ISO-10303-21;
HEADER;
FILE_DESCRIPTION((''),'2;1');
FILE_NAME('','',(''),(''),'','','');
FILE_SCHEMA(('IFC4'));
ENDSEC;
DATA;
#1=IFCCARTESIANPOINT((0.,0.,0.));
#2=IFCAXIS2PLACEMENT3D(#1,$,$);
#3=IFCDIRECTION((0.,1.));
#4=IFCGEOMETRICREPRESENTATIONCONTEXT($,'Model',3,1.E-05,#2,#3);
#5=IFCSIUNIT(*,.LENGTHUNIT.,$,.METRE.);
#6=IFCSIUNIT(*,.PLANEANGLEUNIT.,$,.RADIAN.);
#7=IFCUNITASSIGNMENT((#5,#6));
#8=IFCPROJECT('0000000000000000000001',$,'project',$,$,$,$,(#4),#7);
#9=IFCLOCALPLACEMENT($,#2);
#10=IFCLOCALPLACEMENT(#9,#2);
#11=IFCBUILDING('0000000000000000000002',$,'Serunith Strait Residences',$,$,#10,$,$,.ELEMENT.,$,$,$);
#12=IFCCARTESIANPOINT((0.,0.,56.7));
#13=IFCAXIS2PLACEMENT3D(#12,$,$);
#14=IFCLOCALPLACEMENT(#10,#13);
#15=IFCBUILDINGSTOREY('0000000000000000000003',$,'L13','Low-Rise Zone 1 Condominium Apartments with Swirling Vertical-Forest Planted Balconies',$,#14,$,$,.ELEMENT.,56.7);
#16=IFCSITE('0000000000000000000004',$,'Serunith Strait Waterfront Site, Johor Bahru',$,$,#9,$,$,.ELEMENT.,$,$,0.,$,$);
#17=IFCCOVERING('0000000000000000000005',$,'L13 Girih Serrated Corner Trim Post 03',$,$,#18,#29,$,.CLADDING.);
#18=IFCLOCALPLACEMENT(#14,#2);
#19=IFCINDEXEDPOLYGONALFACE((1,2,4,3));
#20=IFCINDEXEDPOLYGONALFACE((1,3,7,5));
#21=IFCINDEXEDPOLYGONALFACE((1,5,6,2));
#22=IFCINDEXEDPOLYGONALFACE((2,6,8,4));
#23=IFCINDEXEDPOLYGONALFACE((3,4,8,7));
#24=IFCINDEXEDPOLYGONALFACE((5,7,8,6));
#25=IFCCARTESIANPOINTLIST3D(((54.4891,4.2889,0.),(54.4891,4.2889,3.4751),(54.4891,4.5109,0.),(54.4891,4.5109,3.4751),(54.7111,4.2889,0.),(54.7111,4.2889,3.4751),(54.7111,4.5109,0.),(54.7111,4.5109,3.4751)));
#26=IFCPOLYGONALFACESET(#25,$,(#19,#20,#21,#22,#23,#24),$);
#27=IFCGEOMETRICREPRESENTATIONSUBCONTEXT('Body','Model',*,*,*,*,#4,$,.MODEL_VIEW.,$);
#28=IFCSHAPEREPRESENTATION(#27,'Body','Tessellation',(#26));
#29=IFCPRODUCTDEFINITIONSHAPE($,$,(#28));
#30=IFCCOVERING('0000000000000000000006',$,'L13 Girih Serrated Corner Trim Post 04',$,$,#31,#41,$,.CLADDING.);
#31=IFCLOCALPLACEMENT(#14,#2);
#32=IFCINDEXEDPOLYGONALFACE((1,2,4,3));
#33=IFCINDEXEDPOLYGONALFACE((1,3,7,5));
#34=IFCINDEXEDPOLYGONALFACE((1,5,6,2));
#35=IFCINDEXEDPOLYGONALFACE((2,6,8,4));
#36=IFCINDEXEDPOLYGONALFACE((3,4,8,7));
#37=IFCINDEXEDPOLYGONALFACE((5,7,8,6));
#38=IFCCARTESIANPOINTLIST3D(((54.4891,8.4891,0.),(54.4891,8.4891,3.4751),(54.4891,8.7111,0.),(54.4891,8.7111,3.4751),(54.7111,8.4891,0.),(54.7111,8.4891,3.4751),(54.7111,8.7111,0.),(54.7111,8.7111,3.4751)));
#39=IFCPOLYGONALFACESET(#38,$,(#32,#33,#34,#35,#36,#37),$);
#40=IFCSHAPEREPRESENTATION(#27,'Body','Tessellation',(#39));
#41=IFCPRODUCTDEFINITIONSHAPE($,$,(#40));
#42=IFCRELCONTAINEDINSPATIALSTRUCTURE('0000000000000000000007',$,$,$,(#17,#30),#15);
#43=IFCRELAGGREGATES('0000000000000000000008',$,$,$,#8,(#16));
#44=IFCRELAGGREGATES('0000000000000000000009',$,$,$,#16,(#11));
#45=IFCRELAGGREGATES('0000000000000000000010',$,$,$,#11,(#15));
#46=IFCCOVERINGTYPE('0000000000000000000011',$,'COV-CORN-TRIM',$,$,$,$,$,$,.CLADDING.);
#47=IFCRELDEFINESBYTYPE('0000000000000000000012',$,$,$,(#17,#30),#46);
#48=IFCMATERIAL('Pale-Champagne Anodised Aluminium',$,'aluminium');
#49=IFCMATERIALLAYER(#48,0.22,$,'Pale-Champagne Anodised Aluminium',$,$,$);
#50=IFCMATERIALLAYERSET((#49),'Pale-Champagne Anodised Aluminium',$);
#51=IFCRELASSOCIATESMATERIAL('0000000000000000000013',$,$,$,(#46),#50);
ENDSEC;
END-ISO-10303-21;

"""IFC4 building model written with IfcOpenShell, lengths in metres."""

from ifc_helpers import new_model, si_unit, direction, frame, origin, origin_2d, place, context, subcontext, project, spatial, rectangle, extrude, source, transform, mapped, material, layer, layer_set, type_object, element, save


model = new_model("IFC4")

# Units and contexts
model_context = context("Model", 3, precision=1e-05, world=origin(), true_north=direction((0.0, 1.0)))
body_context = subcontext(model_context, "Body", "Model", "MODEL_VIEW")
ifc_project = project(units=[si_unit("LENGTHUNIT", "METRE"), si_unit("PLANEANGLEUNIT", "RADIAN")], contexts=[model_context])

# Site, building, storey
site_placement = place(None, origin())
site = spatial("IfcSite", under=ifc_project, at=site_placement, Name="Serunith Strait Waterfront Site, Johor Bahru", CompositionType="ELEMENT", RefElevation=0.0)
building_placement = place(site_placement, origin())
building = spatial("IfcBuilding", under=site, at=building_placement, Name="Serunith Strait Residences", CompositionType="ELEMENT")
storey_placement = place(building_placement, frame((0.0, 0.0, 56.7)))
storey = spatial("IfcBuildingStorey", under=building, at=storey_placement, Name="L13", Description="Low-Rise Zone 1 Condominium Apartments with Swirling Vertical-Forest Planted Balconies", CompositionType="ELEMENT", Elevation=56.7)

# Shared definitions
ifc_material_1 = material(Name="Pale-Champagne Anodised Aluminium", Category="aluminium")

# Coverings
ifc_layer_1 = layer(ifc_material_1, 0.22, Name="Pale-Champagne Anodised Aluminium")
ifc_layer_set_1 = layer_set([ifc_layer_1], Name="Pale-Champagne Anodised Aluminium")
covering_type = type_object("IfcCoveringType", Name="COV-CORN-TRIM", PredefinedType="CLADDING", material=ifc_layer_set_1)
shared_shape_1 = source(origin(), body_context, "Body", "SweptSolid", [
    extrude(rectangle(XDim=0.2219, YDim=0.2219, at=origin_2d()), origin(), (0.0, 0.0, 1.0), 3.4751),
])
for number, where, z_axis, x_axis, name in (
    (1, (54.6001, 4.3999, 0.0), (0.0, 0.0, 1.0), (1.0, 0.0, 0.0), "L13 Girih Serrated Corner Trim Post 03"),
    (2, (54.6001, 8.6001, 0.0), (0.0, 0.0, 1.0), (1.0, 0.0, 0.0), "L13 Girih Serrated Corner Trim Post 04"),
):
    element("IfcCovering", number, at=place(storey_placement, frame(where, z_axis=z_axis, x_axis=x_axis)), inside=storey, type_object=covering_type, Name=name, PredefinedType="CLADDING", context=body_context, shape_type="MappedRepresentation", body=[
        mapped(shared_shape_1, transform((0.0, 0.0, 0.0), scale=1.0)),
    ])

save(model, "model.ifc")
